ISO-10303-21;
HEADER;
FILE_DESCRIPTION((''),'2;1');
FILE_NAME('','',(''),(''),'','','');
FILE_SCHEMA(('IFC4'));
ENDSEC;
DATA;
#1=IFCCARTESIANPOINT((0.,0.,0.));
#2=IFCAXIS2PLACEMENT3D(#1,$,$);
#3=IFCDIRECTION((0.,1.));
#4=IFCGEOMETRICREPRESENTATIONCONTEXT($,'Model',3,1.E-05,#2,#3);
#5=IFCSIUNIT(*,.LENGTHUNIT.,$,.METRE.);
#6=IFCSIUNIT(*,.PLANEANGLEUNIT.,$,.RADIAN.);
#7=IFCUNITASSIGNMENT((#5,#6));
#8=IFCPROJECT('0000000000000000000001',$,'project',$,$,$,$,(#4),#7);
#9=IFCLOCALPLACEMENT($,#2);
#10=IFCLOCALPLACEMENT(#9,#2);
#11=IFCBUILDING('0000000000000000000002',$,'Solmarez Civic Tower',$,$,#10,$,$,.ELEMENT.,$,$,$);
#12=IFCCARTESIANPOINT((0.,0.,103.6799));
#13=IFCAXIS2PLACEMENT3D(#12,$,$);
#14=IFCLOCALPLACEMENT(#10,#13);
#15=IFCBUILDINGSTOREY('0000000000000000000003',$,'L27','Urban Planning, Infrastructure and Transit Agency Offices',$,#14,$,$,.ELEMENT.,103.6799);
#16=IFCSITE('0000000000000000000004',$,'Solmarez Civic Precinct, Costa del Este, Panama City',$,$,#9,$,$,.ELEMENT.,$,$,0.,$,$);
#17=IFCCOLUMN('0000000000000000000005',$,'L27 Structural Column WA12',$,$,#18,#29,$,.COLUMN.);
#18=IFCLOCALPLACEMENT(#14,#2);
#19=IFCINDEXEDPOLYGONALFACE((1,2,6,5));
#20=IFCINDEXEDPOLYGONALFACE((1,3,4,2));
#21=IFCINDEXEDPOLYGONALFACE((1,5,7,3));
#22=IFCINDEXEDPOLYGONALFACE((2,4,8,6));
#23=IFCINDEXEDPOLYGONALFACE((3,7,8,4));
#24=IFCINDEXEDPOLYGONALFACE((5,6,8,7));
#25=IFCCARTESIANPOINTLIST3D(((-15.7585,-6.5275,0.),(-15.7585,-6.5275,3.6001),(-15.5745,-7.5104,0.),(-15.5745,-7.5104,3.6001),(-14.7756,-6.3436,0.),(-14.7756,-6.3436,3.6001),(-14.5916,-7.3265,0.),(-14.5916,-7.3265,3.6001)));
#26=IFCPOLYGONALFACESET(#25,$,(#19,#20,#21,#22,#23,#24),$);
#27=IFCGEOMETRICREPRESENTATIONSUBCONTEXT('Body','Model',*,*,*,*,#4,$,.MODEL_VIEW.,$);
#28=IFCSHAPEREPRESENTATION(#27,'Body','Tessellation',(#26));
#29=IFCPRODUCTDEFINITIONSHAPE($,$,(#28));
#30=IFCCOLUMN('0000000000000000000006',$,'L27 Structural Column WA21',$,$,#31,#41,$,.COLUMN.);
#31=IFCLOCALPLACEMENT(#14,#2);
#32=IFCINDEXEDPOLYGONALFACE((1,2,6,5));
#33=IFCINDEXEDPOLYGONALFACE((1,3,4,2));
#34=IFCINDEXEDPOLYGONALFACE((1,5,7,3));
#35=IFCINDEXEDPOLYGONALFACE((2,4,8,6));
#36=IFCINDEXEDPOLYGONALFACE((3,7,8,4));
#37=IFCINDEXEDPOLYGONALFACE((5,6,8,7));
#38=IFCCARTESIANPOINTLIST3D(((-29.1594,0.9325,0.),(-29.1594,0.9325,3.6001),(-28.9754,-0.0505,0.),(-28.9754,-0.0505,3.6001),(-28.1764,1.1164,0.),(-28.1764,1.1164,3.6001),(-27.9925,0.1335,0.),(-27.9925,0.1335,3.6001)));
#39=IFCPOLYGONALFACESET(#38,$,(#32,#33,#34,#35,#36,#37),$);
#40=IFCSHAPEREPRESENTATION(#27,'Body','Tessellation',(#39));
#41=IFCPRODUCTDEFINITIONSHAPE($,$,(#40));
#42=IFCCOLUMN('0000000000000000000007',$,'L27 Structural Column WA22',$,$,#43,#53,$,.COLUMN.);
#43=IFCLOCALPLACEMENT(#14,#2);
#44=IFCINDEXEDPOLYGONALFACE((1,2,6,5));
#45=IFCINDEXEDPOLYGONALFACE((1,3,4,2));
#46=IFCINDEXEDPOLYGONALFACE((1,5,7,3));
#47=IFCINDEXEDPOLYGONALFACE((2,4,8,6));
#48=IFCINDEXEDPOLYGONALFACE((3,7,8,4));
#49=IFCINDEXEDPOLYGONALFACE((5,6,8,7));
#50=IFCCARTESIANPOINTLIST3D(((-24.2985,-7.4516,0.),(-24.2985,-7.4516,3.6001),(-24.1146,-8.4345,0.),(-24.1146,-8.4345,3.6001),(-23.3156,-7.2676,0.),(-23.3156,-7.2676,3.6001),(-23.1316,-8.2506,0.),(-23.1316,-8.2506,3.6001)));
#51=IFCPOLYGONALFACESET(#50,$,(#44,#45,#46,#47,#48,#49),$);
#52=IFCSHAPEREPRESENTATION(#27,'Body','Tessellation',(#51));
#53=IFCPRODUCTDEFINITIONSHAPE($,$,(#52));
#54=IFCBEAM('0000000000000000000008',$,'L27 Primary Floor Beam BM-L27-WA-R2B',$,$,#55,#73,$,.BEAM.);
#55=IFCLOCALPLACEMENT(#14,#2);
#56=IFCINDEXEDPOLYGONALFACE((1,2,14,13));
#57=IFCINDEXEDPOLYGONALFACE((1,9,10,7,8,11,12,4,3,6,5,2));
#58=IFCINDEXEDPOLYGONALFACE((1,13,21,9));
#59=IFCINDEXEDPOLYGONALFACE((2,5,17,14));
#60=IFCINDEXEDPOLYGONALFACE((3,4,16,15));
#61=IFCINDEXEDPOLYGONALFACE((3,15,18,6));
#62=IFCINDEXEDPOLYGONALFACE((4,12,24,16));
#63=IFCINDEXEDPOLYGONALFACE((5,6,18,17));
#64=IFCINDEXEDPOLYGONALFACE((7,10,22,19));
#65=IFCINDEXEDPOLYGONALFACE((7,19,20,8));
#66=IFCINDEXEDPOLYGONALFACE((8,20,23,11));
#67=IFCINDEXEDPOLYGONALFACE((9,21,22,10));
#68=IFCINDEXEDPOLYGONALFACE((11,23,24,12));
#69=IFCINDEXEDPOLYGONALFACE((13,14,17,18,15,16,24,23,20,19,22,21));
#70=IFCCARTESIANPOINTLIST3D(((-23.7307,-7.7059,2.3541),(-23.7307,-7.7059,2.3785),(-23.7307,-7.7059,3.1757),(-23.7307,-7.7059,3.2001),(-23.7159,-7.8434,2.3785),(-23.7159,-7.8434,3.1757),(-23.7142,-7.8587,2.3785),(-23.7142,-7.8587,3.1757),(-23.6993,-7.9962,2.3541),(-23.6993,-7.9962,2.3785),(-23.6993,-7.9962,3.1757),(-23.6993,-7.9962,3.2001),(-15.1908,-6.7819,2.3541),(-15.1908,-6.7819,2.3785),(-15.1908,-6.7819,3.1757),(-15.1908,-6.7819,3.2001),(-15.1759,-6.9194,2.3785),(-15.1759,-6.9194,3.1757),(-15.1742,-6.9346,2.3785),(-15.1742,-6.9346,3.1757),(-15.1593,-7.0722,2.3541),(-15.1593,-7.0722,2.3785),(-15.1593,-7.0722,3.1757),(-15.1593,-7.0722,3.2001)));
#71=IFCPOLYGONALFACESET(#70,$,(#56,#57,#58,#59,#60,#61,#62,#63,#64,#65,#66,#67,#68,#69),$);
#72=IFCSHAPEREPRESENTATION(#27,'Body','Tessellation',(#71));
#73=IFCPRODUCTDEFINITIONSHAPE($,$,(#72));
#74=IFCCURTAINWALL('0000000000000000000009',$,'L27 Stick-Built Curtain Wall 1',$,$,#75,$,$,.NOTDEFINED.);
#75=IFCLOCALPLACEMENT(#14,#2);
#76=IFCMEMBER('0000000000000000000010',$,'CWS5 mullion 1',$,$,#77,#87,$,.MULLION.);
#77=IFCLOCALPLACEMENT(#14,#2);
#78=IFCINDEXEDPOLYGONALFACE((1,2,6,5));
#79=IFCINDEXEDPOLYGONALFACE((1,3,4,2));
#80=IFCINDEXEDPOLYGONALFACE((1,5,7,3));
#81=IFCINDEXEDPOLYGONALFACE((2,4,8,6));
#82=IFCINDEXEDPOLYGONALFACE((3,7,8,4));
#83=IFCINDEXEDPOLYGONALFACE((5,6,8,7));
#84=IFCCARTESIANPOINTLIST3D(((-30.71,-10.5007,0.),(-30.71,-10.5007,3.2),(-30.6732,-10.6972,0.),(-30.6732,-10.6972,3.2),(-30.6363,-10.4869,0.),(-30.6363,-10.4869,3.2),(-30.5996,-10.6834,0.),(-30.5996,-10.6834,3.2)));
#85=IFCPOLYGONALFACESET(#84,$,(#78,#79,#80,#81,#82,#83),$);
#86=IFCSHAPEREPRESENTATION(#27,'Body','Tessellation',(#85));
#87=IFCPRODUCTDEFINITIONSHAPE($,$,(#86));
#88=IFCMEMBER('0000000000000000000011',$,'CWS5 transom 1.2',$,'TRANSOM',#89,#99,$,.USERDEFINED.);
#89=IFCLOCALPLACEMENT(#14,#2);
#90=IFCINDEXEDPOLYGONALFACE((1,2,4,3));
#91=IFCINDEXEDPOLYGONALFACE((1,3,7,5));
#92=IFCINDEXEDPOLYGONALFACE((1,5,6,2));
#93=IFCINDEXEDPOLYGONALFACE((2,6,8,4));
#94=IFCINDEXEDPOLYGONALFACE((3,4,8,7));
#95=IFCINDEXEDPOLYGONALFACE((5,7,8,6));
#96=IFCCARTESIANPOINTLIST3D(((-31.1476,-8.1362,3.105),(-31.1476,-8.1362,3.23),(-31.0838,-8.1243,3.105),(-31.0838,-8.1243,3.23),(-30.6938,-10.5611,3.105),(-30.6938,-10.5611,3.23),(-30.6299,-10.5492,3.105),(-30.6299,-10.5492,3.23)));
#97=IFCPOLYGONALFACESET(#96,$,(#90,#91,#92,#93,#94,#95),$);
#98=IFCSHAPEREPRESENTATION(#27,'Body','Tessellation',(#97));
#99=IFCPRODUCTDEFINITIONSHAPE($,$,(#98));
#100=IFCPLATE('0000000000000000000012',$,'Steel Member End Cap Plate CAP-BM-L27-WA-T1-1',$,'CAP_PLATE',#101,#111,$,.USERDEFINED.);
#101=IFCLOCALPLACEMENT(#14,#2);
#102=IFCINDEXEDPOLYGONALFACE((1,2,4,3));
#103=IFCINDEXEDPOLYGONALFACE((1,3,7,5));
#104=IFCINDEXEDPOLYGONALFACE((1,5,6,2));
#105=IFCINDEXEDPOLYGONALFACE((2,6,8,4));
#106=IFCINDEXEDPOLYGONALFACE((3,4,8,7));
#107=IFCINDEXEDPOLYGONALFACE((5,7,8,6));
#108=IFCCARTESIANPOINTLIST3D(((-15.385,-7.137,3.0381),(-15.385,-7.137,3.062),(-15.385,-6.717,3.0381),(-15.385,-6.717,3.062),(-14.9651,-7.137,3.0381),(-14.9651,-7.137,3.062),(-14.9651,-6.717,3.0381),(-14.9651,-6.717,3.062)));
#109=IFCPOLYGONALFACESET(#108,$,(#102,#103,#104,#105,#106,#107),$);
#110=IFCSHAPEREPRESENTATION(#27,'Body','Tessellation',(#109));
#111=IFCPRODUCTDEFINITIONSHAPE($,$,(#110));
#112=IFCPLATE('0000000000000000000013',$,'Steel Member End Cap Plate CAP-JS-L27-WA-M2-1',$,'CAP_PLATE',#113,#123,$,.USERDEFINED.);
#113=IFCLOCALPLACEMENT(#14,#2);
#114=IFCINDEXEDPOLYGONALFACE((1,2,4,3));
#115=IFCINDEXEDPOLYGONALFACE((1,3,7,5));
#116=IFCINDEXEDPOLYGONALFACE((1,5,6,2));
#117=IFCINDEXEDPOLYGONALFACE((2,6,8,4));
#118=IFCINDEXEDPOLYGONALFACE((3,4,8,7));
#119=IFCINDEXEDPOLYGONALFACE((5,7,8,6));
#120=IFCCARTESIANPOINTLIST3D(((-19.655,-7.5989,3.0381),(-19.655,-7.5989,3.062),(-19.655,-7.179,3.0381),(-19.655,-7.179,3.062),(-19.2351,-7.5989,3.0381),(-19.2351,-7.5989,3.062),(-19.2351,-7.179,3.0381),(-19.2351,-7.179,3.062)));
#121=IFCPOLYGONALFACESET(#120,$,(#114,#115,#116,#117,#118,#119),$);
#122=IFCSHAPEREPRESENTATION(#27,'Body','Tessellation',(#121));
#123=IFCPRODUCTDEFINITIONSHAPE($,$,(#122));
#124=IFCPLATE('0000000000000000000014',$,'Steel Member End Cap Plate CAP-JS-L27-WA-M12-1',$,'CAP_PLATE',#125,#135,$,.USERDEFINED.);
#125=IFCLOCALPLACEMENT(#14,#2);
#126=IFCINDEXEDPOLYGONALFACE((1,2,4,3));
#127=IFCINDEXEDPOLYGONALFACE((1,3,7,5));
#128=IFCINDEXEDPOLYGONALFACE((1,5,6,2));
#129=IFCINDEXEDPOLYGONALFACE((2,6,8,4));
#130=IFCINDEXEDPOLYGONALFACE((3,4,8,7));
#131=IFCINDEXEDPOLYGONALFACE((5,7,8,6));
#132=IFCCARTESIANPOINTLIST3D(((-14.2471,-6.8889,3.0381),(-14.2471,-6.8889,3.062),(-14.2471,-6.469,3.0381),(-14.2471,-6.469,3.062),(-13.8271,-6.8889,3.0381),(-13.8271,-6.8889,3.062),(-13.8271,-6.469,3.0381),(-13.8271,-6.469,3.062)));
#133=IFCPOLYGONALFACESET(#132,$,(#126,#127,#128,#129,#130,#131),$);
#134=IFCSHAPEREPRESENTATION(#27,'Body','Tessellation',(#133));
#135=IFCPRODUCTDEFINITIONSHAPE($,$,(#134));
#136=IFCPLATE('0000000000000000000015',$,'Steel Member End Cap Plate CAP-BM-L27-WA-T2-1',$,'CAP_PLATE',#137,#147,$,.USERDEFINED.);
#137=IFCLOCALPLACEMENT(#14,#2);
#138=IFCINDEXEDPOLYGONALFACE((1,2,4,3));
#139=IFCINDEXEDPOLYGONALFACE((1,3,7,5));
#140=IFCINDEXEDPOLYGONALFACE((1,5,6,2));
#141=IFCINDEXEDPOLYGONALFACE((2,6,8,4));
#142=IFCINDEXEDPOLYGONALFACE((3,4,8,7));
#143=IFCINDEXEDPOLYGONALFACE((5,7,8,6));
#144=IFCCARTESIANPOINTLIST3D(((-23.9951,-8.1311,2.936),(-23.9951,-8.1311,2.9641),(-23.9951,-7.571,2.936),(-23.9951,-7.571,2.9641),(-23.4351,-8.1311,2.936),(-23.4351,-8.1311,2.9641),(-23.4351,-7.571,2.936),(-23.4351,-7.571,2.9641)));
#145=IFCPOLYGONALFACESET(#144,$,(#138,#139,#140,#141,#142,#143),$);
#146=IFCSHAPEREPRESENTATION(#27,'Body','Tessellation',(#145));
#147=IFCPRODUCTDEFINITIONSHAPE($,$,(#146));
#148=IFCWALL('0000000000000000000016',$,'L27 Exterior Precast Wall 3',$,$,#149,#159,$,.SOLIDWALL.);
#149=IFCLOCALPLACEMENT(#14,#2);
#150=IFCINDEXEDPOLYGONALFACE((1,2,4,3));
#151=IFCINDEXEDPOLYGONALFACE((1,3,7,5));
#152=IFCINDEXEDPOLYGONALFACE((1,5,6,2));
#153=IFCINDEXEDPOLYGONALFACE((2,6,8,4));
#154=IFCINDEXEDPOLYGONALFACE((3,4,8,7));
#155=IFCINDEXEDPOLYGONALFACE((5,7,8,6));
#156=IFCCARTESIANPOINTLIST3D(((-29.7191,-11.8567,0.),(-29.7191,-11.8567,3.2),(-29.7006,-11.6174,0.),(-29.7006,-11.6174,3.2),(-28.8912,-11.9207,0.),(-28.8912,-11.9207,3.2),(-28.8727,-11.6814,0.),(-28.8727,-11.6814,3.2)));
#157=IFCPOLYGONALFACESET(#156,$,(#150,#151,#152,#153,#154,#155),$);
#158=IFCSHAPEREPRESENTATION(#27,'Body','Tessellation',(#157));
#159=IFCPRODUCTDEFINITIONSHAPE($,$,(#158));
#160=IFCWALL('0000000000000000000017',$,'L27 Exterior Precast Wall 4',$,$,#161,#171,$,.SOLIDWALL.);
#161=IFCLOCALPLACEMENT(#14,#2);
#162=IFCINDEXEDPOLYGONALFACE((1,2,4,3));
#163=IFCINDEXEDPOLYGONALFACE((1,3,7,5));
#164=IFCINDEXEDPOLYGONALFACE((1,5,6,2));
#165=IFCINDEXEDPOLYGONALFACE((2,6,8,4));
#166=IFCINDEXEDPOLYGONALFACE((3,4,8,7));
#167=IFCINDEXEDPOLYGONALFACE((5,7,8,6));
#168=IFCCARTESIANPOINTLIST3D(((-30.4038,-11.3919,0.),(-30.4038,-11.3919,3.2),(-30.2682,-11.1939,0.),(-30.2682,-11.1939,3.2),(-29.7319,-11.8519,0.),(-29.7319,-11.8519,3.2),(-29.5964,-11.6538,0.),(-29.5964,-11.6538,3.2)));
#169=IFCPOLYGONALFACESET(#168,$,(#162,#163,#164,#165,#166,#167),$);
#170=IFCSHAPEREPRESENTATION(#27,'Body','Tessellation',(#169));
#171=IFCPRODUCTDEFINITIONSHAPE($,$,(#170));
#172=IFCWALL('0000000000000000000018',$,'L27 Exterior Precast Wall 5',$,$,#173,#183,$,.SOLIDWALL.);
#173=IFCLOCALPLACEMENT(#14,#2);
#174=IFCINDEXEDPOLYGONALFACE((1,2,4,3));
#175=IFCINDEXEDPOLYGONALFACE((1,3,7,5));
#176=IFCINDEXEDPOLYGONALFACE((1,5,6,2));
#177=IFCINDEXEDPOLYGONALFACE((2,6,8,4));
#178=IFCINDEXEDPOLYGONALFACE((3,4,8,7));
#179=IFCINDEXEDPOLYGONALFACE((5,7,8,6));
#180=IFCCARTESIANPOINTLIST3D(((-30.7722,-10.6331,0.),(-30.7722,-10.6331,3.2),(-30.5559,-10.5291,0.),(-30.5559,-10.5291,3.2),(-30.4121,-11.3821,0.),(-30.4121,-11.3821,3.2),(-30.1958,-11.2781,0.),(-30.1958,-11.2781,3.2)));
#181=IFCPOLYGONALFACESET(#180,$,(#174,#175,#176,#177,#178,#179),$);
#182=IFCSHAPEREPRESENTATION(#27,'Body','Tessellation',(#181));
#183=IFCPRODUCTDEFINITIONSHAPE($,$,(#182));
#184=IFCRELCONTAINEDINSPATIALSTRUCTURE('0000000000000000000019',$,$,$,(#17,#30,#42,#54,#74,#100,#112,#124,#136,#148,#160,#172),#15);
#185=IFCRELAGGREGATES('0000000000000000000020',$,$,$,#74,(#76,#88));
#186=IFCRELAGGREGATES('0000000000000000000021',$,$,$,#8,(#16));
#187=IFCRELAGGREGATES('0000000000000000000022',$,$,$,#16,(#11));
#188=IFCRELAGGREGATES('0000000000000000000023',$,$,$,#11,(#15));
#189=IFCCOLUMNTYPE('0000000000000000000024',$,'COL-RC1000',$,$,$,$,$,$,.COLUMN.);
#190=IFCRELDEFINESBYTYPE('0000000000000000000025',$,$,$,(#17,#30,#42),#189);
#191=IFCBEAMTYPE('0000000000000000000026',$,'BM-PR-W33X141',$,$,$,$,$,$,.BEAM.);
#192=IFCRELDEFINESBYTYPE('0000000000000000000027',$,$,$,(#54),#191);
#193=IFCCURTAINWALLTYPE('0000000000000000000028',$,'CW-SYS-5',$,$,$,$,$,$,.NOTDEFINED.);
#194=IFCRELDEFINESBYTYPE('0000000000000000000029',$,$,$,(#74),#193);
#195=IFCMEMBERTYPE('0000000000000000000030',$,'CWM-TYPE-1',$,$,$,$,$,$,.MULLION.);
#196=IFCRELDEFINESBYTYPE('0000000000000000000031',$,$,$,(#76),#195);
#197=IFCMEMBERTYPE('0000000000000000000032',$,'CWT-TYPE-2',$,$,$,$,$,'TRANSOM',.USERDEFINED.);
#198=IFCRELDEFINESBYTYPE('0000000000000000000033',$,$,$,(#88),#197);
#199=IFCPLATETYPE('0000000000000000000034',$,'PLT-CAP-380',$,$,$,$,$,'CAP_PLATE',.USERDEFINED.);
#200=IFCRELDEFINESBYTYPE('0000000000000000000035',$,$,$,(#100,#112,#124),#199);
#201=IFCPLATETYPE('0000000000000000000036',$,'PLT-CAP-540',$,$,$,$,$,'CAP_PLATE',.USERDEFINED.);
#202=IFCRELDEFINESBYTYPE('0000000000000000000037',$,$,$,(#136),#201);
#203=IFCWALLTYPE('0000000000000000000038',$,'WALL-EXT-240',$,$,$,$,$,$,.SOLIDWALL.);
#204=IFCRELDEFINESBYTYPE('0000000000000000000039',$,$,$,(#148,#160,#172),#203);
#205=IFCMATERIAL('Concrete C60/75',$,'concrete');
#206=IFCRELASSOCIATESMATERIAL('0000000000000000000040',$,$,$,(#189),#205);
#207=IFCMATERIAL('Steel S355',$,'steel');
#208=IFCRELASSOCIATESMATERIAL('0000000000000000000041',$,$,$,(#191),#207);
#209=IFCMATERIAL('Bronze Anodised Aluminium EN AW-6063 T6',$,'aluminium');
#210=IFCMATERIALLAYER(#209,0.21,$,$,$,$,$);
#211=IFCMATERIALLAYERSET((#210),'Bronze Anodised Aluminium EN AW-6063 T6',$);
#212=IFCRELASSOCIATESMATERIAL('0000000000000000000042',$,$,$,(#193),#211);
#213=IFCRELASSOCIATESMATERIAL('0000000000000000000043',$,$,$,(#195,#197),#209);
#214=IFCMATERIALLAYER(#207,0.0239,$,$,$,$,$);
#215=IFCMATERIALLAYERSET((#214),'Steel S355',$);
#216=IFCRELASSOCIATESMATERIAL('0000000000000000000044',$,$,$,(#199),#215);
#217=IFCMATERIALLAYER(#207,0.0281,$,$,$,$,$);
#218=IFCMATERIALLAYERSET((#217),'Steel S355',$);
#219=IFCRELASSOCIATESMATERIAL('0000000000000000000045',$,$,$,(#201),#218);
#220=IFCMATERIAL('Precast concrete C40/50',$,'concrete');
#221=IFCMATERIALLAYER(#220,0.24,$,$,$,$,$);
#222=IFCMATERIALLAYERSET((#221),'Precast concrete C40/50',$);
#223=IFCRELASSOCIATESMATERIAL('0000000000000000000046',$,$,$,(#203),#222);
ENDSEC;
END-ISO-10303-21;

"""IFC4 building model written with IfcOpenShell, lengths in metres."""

from ifc_helpers import new_model, si_unit, direction, frame, frame_2d, origin, origin_2d, place, context, subcontext, project, spatial, rectangle, i_section, extrude, material, layer, layer_set, material_profile, profile_set, type_object, element, aggregate, save


model = new_model("IFC4")

# Units and contexts
model_context = context("Model", 3, precision=1e-05, world=origin(), true_north=direction((0.0, 1.0)))
body_context = subcontext(model_context, "Body", "Model", "MODEL_VIEW")
ifc_project = project(units=[si_unit("LENGTHUNIT", "METRE"), si_unit("PLANEANGLEUNIT", "RADIAN")], contexts=[model_context])

# Site, building, storey
site_placement = place(None, origin())
site = spatial("IfcSite", under=ifc_project, at=site_placement, Name="Solmarez Civic Precinct, Costa del Este, Panama City", CompositionType="ELEMENT", RefElevation=0.0)
building_placement = place(site_placement, origin())
building = spatial("IfcBuilding", under=site, at=building_placement, Name="Solmarez Civic Tower", CompositionType="ELEMENT")
storey_placement = place(building_placement, frame((0.0, 0.0, 103.6799)))
storey = spatial("IfcBuildingStorey", under=building, at=storey_placement, Name="L27", Description="Urban Planning, Infrastructure and Transit Agency Offices", CompositionType="ELEMENT", Elevation=103.6799)

# Columns
ifc_material_1 = material(Name="Concrete C60/75", Category="concrete")
ifc_material_profile_1 = material_profile(ifc_material_1, rectangle(XDim=1.0, YDim=1.0, at=origin_2d()), Name="RC1000X1000")
ifc_profile_set_1 = profile_set([ifc_material_profile_1], Name="Concrete C60/75")
column_type = type_object("IfcColumnType", Name="COL-RC1000", PredefinedType="COLUMN", material=ifc_profile_set_1)
for number, where, z_axis, x_axis, name in (
    (1, (-15.175, -6.927, 0.0), (0.0, 0.0, 1.0), (0.982935, 0.183951, 0.0), "L27 Structural Column WA12"),
    (2, (-28.5759, 0.533, 0.0), (0.0, 0.0, 1.0), (0.982935, 0.183951, 0.0), "L27 Structural Column WA21"),
    (3, (-23.7151, -7.8511, 0.0), (0.0, 0.0, 1.0), (0.982935, 0.183951, 0.0), "L27 Structural Column WA22"),
):
    element("IfcColumn", number, at=place(storey_placement, frame(where, z_axis=z_axis, x_axis=x_axis)), inside=storey, type_object=column_type, Name=name, PredefinedType="COLUMN", context=body_context, shape_type="SweptSolid", body=[
        extrude(rectangle(XDim=1.0, YDim=1.0, at=origin_2d()), origin(), (0.0, 0.0, 1.0), 3.6001),
    ])

# Beam
ifc_material_2 = material(Name="Steel S355", Category="steel")
ifc_material_profile_2 = material_profile(ifc_material_2, i_section(OverallWidth=0.292, OverallDepth=0.8459, WebThickness=0.0154, FlangeThickness=0.0244, at=origin_2d()), Name="W33X141")
ifc_profile_set_2 = profile_set([ifc_material_profile_2], Name="Steel S355")
beam_type = type_object("IfcBeamType", Name="BM-PR-W33X141", PredefinedType="BEAM", material=ifc_profile_set_2)
beam_placement = place(storey_placement, frame((-15.175, -6.927, 2.7771), z_axis=(-0.994197, -0.107577, 0.0), x_axis=(0.107577, -0.994197, 0.0)))
element("IfcBeam", 4, at=beam_placement, inside=storey, type_object=beam_type, Name="L27 Primary Floor Beam BM-L27-WA-R2B", PredefinedType="BEAM", context=body_context, shape_type="SweptSolid", body=[
    extrude(i_section(OverallWidth=0.292, OverallDepth=0.8459, WebThickness=0.0154, FlangeThickness=0.0244, at=origin_2d()), origin(), (0.0, 0.0, 1.0), 8.5898),
])

# Curtain wall, members
ifc_material_3 = material(Name="Bronze Anodised Aluminium EN AW-6063 T6", Category="aluminium")
ifc_layer_1 = layer(ifc_material_3, 0.21)
ifc_layer_set_1 = layer_set([ifc_layer_1], Name="Bronze Anodised Aluminium EN AW-6063 T6")
curtain_wall_type = type_object("IfcCurtainWallType", Name="CW-SYS-5", PredefinedType="NOTDEFINED", material=ifc_layer_set_1)
curtain_wall_placement = place(storey_placement, origin())
curtain_wall = element("IfcCurtainWall", 5, at=curtain_wall_placement, inside=storey, type_object=curtain_wall_type, Name="L27 Stick-Built Curtain Wall 1", PredefinedType="NOTDEFINED")
ifc_material_profile_3 = material_profile(ifc_material_3, rectangle(XDim=0.075, YDim=0.2, at=origin_2d()), Name="CWM-75X200")
ifc_profile_set_3 = profile_set([ifc_material_profile_3], Name="Bronze Anodised Aluminium EN AW-6063 T6")
member_type_1 = type_object("IfcMemberType", Name="CWM-TYPE-1", PredefinedType="MULLION", material=ifc_profile_set_3)
member_1_placement = place(storey_placement, frame((-30.6548, -10.592, 0.0), z_axis=(0.0, 0.0, 1.0), x_axis=(-0.982939, -0.183932, 0.0)))
member_1 = element("IfcMember", 6, at=member_1_placement, type_object=member_type_1, Name="CWS5 mullion 1", PredefinedType="MULLION", context=body_context, shape_type="SweptSolid", body=[
    extrude(rectangle(XDim=0.075, YDim=0.2, at=origin_2d()), origin(), (0.0, 0.0, 1.0), 3.2),
])
ifc_material_profile_4 = material_profile(ifc_material_3, rectangle(XDim=0.0649, YDim=0.125, at=origin_2d()), Name="CWT-65X125")
ifc_profile_set_4 = profile_set([ifc_material_profile_4], Name="Bronze Anodised Aluminium EN AW-6063 T6")
member_type_2 = type_object("IfcMemberType", Name="CWT-TYPE-2", ElementType="TRANSOM", PredefinedType="USERDEFINED", material=ifc_profile_set_4)
member_2_placement = place(storey_placement, frame((-30.6619, -10.5552, 3.1675), z_axis=(-0.18396, 0.982934, 0.0), x_axis=(-0.982934, -0.18396, 0.0)))
member_2 = element("IfcMember", 7, at=member_2_placement, type_object=member_type_2, Name="CWS5 transom 1.2", ObjectType="TRANSOM", PredefinedType="USERDEFINED", context=body_context, shape_type="SweptSolid", body=[
    extrude(rectangle(XDim=0.0649, YDim=0.125, at=origin_2d()), origin(), (0.0, 0.0, 1.0), 2.467),
])
aggregate(curtain_wall, [member_1, member_2])

# Plates
ifc_layer_2 = layer(ifc_material_2, 0.0239)
ifc_layer_set_2 = layer_set([ifc_layer_2], Name="Steel S355")
plate_type_1 = type_object("IfcPlateType", Name="PLT-CAP-380", ElementType="CAP_PLATE", PredefinedType="USERDEFINED", material=ifc_layer_set_2)
for number, where, z_axis, x_axis, name in (
    (8, (-15.175, -6.927, 3.0381), (0.0, 0.0, 1.0), (1.0, 0.0, 0.0), "Steel Member End Cap Plate CAP-BM-L27-WA-T1-1"),
    (9, (-19.4451, -7.3889, 3.0381), (0.0, 0.0, 1.0), (1.0, 0.0, 0.0), "Steel Member End Cap Plate CAP-JS-L27-WA-M2-1"),
    (10, (-14.0371, -6.679, 3.0381), (0.0, 0.0, 1.0), (1.0, 0.0, 0.0), "Steel Member End Cap Plate CAP-JS-L27-WA-M12-1"),
):
    element("IfcPlate", number, at=place(storey_placement, frame(where, z_axis=z_axis, x_axis=x_axis)), inside=storey, type_object=plate_type_1, Name=name, ObjectType="CAP_PLATE", PredefinedType="USERDEFINED", context=body_context, shape_type="SweptSolid", body=[
        extrude(rectangle(XDim=0.4199, YDim=0.4199, at=origin_2d()), origin(), (0.0, 0.0, 1.0), 0.0239),
    ])
ifc_layer_3 = layer(ifc_material_2, 0.0281)
ifc_layer_set_3 = layer_set([ifc_layer_3], Name="Steel S355")
plate_type_2 = type_object("IfcPlateType", Name="PLT-CAP-540", ElementType="CAP_PLATE", PredefinedType="USERDEFINED", material=ifc_layer_set_3)
plate_placement = place(storey_placement, frame((-23.7151, -7.8511, 2.936), z_axis=(0.0, 0.0, 1.0), x_axis=(1.0, 0.0, 0.0)))
element("IfcPlate", 11, at=plate_placement, inside=storey, type_object=plate_type_2, Name="Steel Member End Cap Plate CAP-BM-L27-WA-T2-1", ObjectType="CAP_PLATE", PredefinedType="USERDEFINED", context=body_context, shape_type="SweptSolid", body=[
    extrude(rectangle(XDim=0.5601, YDim=0.5601, at=origin_2d()), origin(), (0.0, 0.0, 1.0), 0.0281),
])

# Walls
ifc_material_4 = material(Name="Precast concrete C40/50", Category="concrete")
ifc_layer_4 = layer(ifc_material_4, 0.24)
ifc_layer_set_4 = layer_set([ifc_layer_4], Name="Precast concrete C40/50")
wall_type_1 = type_object("IfcWallType", Name="WALL-EXT-240", PredefinedType="SOLIDWALL", material=ifc_layer_set_4)
wall_1_placement = place(storey_placement, frame((-28.8821, -11.801, 0.0), z_axis=(0.0, 0.0, 1.0), x_axis=(-0.997028, 0.077034, 0.0)))
element("IfcWall", 12, at=wall_1_placement, inside=storey, type_object=wall_type_1, Name="L27 Exterior Precast Wall 3", PredefinedType="SOLIDWALL", context=body_context, shape_type="SweptSolid", body=[
    extrude(rectangle(XDim=0.8303, YDim=0.24, at=frame_2d((0.415, 0.0))), origin(), (0.0, 0.0, 1.0), 3.2),
])
wall_2_placement = place(storey_placement, frame((-29.6641, -11.7529, 0.0), z_axis=(0.0, 0.0, 1.0), x_axis=(-0.82516, 0.564899, 0.0)))
element("IfcWall", 13, at=wall_2_placement, inside=storey, type_object=wall_type_1, Name="L27 Exterior Precast Wall 4", PredefinedType="SOLIDWALL", context=body_context, shape_type="SweptSolid", body=[
    extrude(rectangle(XDim=0.8142, YDim=0.24, at=frame_2d((0.4072, 0.0))), origin(), (0.0, 0.0, 1.0), 3.2),
])
wall_3_placement = place(storey_placement, frame((-30.304, -11.3301, 0.0), z_axis=(0.0, 0.0, 1.0), x_axis=(-0.433294, 0.901252, 0.0)))
element("IfcWall", 14, at=wall_3_placement, inside=storey, type_object=wall_type_1, Name="L27 Exterior Precast Wall 5", PredefinedType="SOLIDWALL", context=body_context, shape_type="SweptSolid", body=[
    extrude(rectangle(XDim=0.8311, YDim=0.24, at=frame_2d((0.4155, 0.0))), origin(), (0.0, 0.0, 1.0), 3.2),
])

save(model, "model.ifc")
